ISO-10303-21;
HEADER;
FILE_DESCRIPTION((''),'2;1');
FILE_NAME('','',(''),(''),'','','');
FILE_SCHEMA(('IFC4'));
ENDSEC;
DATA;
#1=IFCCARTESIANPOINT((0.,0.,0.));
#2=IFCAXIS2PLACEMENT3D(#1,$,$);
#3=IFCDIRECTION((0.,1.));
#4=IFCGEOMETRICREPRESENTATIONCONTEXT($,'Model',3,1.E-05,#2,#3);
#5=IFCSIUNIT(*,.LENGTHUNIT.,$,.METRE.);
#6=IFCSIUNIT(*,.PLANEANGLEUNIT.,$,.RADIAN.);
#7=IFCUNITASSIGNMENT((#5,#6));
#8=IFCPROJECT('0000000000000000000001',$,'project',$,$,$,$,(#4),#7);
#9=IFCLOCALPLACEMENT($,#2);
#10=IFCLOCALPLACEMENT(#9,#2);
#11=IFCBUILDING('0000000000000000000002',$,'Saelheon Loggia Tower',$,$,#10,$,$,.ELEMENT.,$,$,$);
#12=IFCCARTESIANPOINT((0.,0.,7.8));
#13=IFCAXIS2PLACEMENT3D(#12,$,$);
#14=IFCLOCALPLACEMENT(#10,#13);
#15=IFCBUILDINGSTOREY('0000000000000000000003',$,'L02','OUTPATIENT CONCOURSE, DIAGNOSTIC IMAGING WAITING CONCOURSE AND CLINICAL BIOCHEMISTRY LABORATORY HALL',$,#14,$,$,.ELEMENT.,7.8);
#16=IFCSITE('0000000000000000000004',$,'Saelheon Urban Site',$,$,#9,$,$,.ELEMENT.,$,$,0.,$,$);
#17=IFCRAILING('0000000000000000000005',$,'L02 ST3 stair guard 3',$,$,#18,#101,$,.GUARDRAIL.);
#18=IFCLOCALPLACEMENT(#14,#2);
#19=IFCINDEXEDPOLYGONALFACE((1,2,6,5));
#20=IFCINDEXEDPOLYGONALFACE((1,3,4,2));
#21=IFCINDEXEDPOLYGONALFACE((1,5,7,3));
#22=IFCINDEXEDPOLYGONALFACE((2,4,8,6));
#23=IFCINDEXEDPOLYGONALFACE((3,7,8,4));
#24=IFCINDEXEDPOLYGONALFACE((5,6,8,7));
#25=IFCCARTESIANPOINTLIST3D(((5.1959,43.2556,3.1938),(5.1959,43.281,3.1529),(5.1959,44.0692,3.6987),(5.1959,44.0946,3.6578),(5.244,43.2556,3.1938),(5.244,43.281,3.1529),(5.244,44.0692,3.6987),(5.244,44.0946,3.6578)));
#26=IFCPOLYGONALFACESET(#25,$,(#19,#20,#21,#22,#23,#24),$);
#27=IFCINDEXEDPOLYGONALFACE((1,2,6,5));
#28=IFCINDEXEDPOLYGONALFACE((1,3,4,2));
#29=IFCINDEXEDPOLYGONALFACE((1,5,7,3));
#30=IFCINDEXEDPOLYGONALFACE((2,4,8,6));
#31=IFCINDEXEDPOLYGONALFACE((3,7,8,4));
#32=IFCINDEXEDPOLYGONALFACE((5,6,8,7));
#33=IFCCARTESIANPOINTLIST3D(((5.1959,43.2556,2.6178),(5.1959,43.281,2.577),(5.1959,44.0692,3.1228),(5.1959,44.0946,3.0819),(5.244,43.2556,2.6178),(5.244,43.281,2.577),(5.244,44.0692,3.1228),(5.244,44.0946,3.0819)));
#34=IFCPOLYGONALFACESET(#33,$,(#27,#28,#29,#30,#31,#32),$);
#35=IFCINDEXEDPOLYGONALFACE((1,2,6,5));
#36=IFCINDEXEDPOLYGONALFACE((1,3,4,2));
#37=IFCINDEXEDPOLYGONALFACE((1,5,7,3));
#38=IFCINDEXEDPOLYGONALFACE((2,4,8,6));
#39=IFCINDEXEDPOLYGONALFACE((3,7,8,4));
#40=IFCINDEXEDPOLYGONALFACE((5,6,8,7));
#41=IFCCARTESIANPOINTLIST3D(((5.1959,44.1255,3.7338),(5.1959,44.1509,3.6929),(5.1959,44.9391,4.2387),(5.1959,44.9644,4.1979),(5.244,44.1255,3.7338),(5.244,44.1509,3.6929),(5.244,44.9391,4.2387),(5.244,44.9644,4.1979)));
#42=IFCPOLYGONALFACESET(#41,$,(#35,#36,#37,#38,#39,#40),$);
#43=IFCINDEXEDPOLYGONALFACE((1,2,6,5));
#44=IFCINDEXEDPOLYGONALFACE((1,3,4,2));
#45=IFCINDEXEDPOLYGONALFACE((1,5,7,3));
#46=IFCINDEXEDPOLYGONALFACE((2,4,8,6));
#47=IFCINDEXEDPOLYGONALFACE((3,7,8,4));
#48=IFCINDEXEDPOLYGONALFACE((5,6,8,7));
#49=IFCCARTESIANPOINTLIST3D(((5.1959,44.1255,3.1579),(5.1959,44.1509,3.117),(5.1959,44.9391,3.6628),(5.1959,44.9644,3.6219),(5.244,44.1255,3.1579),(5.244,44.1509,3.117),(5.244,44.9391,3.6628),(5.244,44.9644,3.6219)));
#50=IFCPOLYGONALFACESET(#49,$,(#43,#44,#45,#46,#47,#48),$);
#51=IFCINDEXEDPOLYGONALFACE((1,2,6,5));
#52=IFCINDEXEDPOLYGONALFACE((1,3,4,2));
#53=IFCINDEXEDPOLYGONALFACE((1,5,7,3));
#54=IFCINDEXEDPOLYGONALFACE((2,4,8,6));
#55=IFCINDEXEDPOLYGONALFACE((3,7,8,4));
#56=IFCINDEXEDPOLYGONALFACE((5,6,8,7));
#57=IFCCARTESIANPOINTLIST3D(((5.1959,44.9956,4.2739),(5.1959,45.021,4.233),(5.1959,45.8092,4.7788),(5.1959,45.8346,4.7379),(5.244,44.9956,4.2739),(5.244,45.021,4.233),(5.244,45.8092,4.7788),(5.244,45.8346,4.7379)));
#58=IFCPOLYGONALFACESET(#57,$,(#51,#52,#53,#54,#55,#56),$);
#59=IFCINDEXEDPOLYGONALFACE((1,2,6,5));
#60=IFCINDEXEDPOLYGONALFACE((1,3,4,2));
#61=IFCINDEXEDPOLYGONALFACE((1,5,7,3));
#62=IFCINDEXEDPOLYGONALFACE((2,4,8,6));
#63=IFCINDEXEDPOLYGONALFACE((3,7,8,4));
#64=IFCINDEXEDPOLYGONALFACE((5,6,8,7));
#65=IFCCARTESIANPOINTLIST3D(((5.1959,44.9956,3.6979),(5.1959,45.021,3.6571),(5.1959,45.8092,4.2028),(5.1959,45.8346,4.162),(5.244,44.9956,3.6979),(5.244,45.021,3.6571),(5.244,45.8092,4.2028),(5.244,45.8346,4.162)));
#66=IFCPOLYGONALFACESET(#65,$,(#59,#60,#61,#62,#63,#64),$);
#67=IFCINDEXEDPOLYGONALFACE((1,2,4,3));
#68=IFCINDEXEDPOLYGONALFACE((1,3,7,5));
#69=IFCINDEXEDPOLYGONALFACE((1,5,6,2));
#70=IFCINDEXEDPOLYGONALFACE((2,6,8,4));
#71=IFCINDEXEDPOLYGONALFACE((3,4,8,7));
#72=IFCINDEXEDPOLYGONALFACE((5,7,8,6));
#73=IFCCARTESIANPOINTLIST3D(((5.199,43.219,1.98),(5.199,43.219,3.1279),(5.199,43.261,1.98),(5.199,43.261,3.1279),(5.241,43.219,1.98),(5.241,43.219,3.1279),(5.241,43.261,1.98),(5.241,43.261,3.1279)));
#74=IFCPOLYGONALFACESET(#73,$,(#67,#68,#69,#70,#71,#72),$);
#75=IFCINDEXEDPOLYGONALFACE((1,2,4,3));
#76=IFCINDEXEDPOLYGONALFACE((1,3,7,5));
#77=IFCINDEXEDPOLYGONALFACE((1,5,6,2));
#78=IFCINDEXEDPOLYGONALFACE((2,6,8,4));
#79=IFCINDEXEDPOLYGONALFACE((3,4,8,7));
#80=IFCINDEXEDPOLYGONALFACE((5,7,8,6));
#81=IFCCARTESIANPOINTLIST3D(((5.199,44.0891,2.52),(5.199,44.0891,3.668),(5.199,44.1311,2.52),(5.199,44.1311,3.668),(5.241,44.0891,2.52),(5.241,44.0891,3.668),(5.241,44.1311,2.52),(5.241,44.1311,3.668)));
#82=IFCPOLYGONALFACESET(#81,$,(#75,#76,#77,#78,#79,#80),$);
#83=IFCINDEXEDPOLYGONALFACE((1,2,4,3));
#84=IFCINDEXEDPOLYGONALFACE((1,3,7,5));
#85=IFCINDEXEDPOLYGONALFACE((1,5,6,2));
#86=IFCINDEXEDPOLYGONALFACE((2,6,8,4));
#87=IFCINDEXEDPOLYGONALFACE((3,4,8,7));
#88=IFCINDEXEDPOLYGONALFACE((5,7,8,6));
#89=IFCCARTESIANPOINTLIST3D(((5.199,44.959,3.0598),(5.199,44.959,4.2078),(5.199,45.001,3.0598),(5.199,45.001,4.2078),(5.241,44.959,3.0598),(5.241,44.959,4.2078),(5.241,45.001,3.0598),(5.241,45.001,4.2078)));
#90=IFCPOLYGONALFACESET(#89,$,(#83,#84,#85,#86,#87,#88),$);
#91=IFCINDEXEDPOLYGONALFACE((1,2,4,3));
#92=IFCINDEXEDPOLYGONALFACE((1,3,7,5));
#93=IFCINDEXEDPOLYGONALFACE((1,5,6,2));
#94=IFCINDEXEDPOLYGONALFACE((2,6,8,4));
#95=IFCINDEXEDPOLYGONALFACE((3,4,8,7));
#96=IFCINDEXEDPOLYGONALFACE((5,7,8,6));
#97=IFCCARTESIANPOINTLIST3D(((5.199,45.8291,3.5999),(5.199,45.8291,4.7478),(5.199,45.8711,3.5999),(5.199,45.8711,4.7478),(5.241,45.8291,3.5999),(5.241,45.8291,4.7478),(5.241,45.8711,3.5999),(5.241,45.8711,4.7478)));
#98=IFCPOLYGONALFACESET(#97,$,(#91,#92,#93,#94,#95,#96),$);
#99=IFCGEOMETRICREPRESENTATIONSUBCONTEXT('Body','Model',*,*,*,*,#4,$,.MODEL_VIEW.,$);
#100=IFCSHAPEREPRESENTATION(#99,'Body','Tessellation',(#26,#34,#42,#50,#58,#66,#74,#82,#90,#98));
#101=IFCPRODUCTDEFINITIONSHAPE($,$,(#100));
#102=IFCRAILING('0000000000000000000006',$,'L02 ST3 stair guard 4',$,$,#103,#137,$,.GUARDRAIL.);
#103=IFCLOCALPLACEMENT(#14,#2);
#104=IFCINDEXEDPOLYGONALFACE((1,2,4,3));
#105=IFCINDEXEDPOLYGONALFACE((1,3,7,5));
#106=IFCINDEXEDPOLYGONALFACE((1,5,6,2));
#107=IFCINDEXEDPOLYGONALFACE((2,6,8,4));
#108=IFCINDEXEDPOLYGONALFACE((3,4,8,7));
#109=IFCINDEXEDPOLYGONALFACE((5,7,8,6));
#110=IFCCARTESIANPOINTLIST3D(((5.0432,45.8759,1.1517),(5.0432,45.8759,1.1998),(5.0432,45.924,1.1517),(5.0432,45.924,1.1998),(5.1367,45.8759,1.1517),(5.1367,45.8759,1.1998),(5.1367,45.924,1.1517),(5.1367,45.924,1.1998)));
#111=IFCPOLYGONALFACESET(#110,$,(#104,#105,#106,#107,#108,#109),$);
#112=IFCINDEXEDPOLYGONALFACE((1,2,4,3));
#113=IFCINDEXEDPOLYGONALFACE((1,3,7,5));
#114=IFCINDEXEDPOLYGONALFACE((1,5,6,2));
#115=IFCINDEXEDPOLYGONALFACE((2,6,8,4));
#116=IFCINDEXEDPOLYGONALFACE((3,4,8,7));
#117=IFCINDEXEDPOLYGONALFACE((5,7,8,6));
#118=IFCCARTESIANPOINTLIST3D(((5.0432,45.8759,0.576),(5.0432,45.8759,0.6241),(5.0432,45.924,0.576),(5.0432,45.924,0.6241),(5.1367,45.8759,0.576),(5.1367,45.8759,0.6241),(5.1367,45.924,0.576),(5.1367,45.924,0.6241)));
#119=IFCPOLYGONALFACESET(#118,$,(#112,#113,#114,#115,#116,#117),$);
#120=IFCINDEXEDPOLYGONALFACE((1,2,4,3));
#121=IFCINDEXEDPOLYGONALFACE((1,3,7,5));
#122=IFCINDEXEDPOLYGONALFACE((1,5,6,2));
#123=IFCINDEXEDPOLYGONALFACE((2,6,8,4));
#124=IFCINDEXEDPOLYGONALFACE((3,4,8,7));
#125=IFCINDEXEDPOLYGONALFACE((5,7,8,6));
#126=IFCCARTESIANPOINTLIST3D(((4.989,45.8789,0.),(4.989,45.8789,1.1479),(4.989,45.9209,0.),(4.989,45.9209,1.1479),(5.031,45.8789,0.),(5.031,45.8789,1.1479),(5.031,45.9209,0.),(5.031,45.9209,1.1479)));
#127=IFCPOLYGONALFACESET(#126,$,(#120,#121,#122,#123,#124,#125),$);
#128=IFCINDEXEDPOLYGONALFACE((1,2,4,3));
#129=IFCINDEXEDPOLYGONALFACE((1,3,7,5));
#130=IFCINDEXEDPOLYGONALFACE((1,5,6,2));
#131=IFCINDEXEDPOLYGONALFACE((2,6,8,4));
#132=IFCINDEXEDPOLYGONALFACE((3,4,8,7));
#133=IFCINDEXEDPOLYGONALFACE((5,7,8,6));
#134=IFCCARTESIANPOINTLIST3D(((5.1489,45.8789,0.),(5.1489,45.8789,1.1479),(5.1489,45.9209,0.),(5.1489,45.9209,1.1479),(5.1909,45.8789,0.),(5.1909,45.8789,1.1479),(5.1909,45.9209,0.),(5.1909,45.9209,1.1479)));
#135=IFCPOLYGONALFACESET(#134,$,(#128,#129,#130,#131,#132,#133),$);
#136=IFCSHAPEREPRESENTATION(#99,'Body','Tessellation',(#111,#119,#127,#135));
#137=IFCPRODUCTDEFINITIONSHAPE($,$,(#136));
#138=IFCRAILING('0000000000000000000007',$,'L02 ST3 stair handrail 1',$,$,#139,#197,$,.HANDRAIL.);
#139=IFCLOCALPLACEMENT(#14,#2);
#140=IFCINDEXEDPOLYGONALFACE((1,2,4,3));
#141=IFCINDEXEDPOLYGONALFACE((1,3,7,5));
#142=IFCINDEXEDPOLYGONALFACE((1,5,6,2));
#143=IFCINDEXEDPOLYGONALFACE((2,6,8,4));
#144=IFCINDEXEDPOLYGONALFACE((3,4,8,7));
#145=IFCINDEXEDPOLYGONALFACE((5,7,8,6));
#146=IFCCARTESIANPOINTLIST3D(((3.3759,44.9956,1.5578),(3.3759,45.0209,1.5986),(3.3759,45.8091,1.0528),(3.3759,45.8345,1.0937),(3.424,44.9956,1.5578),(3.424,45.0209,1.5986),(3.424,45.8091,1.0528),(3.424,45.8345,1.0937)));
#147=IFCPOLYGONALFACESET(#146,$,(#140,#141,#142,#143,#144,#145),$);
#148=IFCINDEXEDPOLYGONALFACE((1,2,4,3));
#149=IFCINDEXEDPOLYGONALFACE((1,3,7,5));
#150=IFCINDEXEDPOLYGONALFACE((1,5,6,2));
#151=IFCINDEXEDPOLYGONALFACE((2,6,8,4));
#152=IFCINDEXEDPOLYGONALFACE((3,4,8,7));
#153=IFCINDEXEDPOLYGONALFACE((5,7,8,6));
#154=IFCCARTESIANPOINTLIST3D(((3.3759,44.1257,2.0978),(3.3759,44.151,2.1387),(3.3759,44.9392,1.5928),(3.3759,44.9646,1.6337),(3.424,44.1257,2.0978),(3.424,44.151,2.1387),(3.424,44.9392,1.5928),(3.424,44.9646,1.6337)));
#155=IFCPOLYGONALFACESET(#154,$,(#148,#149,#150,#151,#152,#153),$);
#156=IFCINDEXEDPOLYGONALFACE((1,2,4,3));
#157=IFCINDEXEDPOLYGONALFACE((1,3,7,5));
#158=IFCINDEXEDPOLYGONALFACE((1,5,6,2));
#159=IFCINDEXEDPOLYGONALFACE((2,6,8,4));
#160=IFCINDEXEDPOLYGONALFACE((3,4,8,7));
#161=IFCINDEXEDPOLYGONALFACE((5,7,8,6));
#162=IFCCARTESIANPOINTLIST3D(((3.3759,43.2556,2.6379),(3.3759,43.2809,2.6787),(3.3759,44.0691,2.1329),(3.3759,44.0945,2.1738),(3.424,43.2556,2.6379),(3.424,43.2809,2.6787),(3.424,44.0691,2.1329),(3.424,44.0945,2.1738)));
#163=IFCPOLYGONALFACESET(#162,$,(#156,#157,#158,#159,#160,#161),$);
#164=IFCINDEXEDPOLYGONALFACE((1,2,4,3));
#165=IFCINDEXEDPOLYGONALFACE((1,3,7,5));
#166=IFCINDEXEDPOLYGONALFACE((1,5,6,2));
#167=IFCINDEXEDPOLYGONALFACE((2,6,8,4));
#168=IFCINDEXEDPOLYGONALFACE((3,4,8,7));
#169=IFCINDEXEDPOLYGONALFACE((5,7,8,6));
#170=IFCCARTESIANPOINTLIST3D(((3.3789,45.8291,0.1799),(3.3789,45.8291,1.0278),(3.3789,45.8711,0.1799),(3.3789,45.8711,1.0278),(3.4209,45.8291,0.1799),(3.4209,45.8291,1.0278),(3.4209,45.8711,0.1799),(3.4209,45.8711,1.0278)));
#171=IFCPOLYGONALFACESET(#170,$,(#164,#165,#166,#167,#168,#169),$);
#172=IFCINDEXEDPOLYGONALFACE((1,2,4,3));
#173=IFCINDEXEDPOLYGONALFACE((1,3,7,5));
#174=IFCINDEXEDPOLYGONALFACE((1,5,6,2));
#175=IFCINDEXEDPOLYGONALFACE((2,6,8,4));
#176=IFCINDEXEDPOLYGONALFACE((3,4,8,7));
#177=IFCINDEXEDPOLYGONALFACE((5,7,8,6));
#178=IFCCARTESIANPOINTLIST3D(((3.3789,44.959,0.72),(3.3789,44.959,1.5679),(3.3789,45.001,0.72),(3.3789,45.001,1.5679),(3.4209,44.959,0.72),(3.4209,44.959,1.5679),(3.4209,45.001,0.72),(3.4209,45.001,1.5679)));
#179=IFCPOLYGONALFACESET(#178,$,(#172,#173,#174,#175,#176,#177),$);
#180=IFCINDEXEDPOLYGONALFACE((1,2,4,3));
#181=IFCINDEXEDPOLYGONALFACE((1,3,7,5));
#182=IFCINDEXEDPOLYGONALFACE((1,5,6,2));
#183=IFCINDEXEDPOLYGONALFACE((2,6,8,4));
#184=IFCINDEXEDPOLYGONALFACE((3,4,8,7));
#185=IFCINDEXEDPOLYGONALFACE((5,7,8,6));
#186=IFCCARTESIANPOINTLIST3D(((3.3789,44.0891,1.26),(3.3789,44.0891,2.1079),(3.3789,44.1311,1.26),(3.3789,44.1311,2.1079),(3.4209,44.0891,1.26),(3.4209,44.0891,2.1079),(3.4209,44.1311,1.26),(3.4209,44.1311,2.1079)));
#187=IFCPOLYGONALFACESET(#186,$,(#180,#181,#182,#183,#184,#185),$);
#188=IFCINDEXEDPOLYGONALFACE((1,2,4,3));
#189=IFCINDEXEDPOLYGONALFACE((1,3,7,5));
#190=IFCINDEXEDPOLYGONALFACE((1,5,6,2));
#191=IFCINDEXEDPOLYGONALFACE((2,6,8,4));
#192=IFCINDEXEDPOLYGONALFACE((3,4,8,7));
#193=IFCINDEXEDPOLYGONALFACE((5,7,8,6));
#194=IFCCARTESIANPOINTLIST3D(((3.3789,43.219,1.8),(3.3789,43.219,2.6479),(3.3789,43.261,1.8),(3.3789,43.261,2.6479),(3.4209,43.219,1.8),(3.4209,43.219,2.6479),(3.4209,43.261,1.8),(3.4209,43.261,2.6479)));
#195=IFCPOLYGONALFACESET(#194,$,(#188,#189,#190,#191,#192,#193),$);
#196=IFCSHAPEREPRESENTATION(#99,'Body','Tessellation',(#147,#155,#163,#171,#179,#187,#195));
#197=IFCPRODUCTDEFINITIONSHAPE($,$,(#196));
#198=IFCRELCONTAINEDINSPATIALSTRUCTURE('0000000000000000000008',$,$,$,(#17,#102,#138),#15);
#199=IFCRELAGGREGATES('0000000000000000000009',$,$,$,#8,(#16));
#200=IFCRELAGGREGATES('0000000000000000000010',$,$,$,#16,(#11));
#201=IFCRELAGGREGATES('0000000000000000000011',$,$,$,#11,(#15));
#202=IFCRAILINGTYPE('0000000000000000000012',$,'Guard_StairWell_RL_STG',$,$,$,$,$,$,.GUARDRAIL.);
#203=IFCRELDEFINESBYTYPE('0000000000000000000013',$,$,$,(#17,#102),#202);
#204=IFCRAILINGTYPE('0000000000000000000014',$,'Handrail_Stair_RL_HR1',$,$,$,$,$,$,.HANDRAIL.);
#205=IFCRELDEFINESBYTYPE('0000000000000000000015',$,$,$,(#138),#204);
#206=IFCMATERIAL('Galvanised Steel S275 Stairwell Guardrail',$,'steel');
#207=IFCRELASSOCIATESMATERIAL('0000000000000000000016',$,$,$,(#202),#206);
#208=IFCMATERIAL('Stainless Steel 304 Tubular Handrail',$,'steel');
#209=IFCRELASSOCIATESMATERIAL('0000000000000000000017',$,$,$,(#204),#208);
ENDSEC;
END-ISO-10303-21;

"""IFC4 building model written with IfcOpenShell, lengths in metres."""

from ifc_helpers import new_model, si_unit, direction, frame, origin, origin_2d, place, context, subcontext, project, spatial, rectangle, extrude, material, type_object, element, save


model = new_model("IFC4")

# Units and contexts
model_context = context("Model", 3, precision=1e-05, world=origin(), true_north=direction((0.0, 1.0)))
body_context = subcontext(model_context, "Body", "Model", "MODEL_VIEW")
ifc_project = project(units=[si_unit("LENGTHUNIT", "METRE"), si_unit("PLANEANGLEUNIT", "RADIAN")], contexts=[model_context])

# Site, building, storey
site_placement = place(None, origin())
site = spatial("IfcSite", under=ifc_project, at=site_placement, Name="Saelheon Urban Site", CompositionType="ELEMENT", RefElevation=0.0)
building_placement = place(site_placement, origin())
building = spatial("IfcBuilding", under=site, at=building_placement, Name="Saelheon Loggia Tower", CompositionType="ELEMENT")
storey_placement = place(building_placement, frame((0.0, 0.0, 7.8)))
storey = spatial("IfcBuildingStorey", under=building, at=storey_placement, Name="L02", Description="OUTPATIENT CONCOURSE, DIAGNOSTIC IMAGING WAITING CONCOURSE AND CLINICAL BIOCHEMISTRY LABORATORY HALL", CompositionType="ELEMENT", Elevation=7.8)

# Railings
ifc_material_1 = material(Name="Galvanised Steel S275 Stairwell Guardrail", Category="steel")
railing_type_1 = type_object("IfcRailingType", Name="Guard_StairWell_RL_STG", PredefinedType="GUARDRAIL", material=ifc_material_1)
railing_1_placement = place(storey_placement, frame((5.22, 43.24, 1.98)))
element("IfcRailing", 1, at=railing_1_placement, inside=storey, type_object=railing_type_1, Name="L02 ST3 stair guard 3", PredefinedType="GUARDRAIL", context=body_context, shape_type="SweptSolid", body=[
    extrude(rectangle(XDim=0.0481, YDim=0.0481, at=origin_2d()), frame((0.0, 0.0283, 1.1934), z_axis=(0.0, 0.849668, 0.527317), x_axis=(-1.0, 0.0, 0.0)), (0.0, 0.0, 1.0), 0.9575),
    extrude(rectangle(XDim=0.0481, YDim=0.0481, at=origin_2d()), frame((0.0, 0.0283, 0.6174), z_axis=(0.0, 0.849668, 0.527317), x_axis=(-1.0, 0.0, 0.0)), (0.0, 0.0, 1.0), 0.9575),
    extrude(rectangle(XDim=0.0481, YDim=0.0481, at=origin_2d()), frame((0.0, 0.8982, 1.7334), z_axis=(0.0, 0.849668, 0.527317), x_axis=(-1.0, 0.0, 0.0)), (0.0, 0.0, 1.0), 0.9575),
    extrude(rectangle(XDim=0.0481, YDim=0.0481, at=origin_2d()), frame((0.0, 0.8982, 1.1575), z_axis=(0.0, 0.849668, 0.527317), x_axis=(-1.0, 0.0, 0.0)), (0.0, 0.0, 1.0), 0.9575),
    extrude(rectangle(XDim=0.0481, YDim=0.0481, at=origin_2d()), frame((0.0, 1.7683, 2.2734), z_axis=(0.0, 0.849668, 0.527317), x_axis=(-1.0, 0.0, 0.0)), (0.0, 0.0, 1.0), 0.9575),
    extrude(rectangle(XDim=0.0481, YDim=0.0481, at=origin_2d()), frame((0.0, 1.7683, 1.6975), z_axis=(0.0, 0.849668, 0.527317), x_axis=(-1.0, 0.0, 0.0)), (0.0, 0.0, 1.0), 0.9575),
    extrude(rectangle(XDim=0.042, YDim=0.042, at=origin_2d()), origin(), (0.0, 0.0, 1.0), 1.1479),
    extrude(rectangle(XDim=0.042, YDim=0.042, at=origin_2d()), frame((0.0, 0.8701, 0.54)), (0.0, 0.0, 1.0), 1.1479),
    extrude(rectangle(XDim=0.042, YDim=0.042, at=origin_2d()), frame((0.0, 1.74, 1.0798)), (0.0, 0.0, 1.0), 1.1479),
    extrude(rectangle(XDim=0.042, YDim=0.042, at=origin_2d()), frame((0.0, 2.6101, 1.6199)), (0.0, 0.0, 1.0), 1.1479),
])
railing_2_placement = place(storey_placement, frame((5.01, 45.8999, 0.0)))
element("IfcRailing", 2, at=railing_2_placement, inside=storey, type_object=railing_type_1, Name="L02 ST3 stair guard 4", PredefinedType="GUARDRAIL", context=body_context, shape_type="SweptSolid", body=[
    extrude(rectangle(XDim=0.0481, YDim=0.0481, at=origin_2d()), frame((0.0332, 0.0, 1.1758), z_axis=(1.0, 0.0, 0.0), x_axis=(0.0, 1.0, 0.0)), (0.0, 0.0, 1.0), 0.0935),
    extrude(rectangle(XDim=0.0481, YDim=0.0481, at=origin_2d()), frame((0.0332, 0.0, 0.6001), z_axis=(1.0, 0.0, 0.0), x_axis=(0.0, 1.0, 0.0)), (0.0, 0.0, 1.0), 0.0935),
    extrude(rectangle(XDim=0.042, YDim=0.042, at=origin_2d()), origin(), (0.0, 0.0, 1.0), 1.1479),
    extrude(rectangle(XDim=0.042, YDim=0.042, at=origin_2d()), frame((0.1599, 0.0, 0.0)), (0.0, 0.0, 1.0), 1.1479),
])
ifc_material_2 = material(Name="Stainless Steel 304 Tubular Handrail", Category="steel")
railing_type_2 = type_object("IfcRailingType", Name="Handrail_Stair_RL_HR1", PredefinedType="HANDRAIL", material=ifc_material_2)
railing_3_placement = place(storey_placement, frame((3.3999, 45.8501, 0.1799)))
element("IfcRailing", 3, at=railing_3_placement, inside=storey, type_object=railing_type_2, Name="L02 ST3 stair handrail 1", PredefinedType="HANDRAIL", context=body_context, shape_type="SweptSolid", body=[
    extrude(rectangle(XDim=0.0481, YDim=0.0481, at=origin_2d()), frame((0.0, -0.0283, 0.8933), z_axis=(0.0, -0.849633, 0.527375), x_axis=(1.0, 0.0, 0.0)), (0.0, 0.0, 1.0), 0.9575),
    extrude(rectangle(XDim=0.0481, YDim=0.0481, at=origin_2d()), frame((0.0, -0.8982, 1.4333), z_axis=(0.0, -0.849633, 0.527375), x_axis=(1.0, 0.0, 0.0)), (0.0, 0.0, 1.0), 0.9575),
    extrude(rectangle(XDim=0.0481, YDim=0.0481, at=origin_2d()), frame((0.0, -1.7683, 1.9734), z_axis=(0.0, -0.849633, 0.527375), x_axis=(1.0, 0.0, 0.0)), (0.0, 0.0, 1.0), 0.9575),
    extrude(rectangle(XDim=0.042, YDim=0.042, at=origin_2d()), origin(), (0.0, 0.0, 1.0), 0.8479),
    extrude(rectangle(XDim=0.042, YDim=0.042, at=origin_2d()), frame((0.0, -0.8701, 0.54)), (0.0, 0.0, 1.0), 0.8479),
    extrude(rectangle(XDim=0.042, YDim=0.042, at=origin_2d()), frame((0.0, -1.74, 1.0801)), (0.0, 0.0, 1.0), 0.8479),
    extrude(rectangle(XDim=0.042, YDim=0.042, at=origin_2d()), frame((0.0, -2.6101, 1.6201)), (0.0, 0.0, 1.0), 0.8479),
])

save(model, "model.ifc")
